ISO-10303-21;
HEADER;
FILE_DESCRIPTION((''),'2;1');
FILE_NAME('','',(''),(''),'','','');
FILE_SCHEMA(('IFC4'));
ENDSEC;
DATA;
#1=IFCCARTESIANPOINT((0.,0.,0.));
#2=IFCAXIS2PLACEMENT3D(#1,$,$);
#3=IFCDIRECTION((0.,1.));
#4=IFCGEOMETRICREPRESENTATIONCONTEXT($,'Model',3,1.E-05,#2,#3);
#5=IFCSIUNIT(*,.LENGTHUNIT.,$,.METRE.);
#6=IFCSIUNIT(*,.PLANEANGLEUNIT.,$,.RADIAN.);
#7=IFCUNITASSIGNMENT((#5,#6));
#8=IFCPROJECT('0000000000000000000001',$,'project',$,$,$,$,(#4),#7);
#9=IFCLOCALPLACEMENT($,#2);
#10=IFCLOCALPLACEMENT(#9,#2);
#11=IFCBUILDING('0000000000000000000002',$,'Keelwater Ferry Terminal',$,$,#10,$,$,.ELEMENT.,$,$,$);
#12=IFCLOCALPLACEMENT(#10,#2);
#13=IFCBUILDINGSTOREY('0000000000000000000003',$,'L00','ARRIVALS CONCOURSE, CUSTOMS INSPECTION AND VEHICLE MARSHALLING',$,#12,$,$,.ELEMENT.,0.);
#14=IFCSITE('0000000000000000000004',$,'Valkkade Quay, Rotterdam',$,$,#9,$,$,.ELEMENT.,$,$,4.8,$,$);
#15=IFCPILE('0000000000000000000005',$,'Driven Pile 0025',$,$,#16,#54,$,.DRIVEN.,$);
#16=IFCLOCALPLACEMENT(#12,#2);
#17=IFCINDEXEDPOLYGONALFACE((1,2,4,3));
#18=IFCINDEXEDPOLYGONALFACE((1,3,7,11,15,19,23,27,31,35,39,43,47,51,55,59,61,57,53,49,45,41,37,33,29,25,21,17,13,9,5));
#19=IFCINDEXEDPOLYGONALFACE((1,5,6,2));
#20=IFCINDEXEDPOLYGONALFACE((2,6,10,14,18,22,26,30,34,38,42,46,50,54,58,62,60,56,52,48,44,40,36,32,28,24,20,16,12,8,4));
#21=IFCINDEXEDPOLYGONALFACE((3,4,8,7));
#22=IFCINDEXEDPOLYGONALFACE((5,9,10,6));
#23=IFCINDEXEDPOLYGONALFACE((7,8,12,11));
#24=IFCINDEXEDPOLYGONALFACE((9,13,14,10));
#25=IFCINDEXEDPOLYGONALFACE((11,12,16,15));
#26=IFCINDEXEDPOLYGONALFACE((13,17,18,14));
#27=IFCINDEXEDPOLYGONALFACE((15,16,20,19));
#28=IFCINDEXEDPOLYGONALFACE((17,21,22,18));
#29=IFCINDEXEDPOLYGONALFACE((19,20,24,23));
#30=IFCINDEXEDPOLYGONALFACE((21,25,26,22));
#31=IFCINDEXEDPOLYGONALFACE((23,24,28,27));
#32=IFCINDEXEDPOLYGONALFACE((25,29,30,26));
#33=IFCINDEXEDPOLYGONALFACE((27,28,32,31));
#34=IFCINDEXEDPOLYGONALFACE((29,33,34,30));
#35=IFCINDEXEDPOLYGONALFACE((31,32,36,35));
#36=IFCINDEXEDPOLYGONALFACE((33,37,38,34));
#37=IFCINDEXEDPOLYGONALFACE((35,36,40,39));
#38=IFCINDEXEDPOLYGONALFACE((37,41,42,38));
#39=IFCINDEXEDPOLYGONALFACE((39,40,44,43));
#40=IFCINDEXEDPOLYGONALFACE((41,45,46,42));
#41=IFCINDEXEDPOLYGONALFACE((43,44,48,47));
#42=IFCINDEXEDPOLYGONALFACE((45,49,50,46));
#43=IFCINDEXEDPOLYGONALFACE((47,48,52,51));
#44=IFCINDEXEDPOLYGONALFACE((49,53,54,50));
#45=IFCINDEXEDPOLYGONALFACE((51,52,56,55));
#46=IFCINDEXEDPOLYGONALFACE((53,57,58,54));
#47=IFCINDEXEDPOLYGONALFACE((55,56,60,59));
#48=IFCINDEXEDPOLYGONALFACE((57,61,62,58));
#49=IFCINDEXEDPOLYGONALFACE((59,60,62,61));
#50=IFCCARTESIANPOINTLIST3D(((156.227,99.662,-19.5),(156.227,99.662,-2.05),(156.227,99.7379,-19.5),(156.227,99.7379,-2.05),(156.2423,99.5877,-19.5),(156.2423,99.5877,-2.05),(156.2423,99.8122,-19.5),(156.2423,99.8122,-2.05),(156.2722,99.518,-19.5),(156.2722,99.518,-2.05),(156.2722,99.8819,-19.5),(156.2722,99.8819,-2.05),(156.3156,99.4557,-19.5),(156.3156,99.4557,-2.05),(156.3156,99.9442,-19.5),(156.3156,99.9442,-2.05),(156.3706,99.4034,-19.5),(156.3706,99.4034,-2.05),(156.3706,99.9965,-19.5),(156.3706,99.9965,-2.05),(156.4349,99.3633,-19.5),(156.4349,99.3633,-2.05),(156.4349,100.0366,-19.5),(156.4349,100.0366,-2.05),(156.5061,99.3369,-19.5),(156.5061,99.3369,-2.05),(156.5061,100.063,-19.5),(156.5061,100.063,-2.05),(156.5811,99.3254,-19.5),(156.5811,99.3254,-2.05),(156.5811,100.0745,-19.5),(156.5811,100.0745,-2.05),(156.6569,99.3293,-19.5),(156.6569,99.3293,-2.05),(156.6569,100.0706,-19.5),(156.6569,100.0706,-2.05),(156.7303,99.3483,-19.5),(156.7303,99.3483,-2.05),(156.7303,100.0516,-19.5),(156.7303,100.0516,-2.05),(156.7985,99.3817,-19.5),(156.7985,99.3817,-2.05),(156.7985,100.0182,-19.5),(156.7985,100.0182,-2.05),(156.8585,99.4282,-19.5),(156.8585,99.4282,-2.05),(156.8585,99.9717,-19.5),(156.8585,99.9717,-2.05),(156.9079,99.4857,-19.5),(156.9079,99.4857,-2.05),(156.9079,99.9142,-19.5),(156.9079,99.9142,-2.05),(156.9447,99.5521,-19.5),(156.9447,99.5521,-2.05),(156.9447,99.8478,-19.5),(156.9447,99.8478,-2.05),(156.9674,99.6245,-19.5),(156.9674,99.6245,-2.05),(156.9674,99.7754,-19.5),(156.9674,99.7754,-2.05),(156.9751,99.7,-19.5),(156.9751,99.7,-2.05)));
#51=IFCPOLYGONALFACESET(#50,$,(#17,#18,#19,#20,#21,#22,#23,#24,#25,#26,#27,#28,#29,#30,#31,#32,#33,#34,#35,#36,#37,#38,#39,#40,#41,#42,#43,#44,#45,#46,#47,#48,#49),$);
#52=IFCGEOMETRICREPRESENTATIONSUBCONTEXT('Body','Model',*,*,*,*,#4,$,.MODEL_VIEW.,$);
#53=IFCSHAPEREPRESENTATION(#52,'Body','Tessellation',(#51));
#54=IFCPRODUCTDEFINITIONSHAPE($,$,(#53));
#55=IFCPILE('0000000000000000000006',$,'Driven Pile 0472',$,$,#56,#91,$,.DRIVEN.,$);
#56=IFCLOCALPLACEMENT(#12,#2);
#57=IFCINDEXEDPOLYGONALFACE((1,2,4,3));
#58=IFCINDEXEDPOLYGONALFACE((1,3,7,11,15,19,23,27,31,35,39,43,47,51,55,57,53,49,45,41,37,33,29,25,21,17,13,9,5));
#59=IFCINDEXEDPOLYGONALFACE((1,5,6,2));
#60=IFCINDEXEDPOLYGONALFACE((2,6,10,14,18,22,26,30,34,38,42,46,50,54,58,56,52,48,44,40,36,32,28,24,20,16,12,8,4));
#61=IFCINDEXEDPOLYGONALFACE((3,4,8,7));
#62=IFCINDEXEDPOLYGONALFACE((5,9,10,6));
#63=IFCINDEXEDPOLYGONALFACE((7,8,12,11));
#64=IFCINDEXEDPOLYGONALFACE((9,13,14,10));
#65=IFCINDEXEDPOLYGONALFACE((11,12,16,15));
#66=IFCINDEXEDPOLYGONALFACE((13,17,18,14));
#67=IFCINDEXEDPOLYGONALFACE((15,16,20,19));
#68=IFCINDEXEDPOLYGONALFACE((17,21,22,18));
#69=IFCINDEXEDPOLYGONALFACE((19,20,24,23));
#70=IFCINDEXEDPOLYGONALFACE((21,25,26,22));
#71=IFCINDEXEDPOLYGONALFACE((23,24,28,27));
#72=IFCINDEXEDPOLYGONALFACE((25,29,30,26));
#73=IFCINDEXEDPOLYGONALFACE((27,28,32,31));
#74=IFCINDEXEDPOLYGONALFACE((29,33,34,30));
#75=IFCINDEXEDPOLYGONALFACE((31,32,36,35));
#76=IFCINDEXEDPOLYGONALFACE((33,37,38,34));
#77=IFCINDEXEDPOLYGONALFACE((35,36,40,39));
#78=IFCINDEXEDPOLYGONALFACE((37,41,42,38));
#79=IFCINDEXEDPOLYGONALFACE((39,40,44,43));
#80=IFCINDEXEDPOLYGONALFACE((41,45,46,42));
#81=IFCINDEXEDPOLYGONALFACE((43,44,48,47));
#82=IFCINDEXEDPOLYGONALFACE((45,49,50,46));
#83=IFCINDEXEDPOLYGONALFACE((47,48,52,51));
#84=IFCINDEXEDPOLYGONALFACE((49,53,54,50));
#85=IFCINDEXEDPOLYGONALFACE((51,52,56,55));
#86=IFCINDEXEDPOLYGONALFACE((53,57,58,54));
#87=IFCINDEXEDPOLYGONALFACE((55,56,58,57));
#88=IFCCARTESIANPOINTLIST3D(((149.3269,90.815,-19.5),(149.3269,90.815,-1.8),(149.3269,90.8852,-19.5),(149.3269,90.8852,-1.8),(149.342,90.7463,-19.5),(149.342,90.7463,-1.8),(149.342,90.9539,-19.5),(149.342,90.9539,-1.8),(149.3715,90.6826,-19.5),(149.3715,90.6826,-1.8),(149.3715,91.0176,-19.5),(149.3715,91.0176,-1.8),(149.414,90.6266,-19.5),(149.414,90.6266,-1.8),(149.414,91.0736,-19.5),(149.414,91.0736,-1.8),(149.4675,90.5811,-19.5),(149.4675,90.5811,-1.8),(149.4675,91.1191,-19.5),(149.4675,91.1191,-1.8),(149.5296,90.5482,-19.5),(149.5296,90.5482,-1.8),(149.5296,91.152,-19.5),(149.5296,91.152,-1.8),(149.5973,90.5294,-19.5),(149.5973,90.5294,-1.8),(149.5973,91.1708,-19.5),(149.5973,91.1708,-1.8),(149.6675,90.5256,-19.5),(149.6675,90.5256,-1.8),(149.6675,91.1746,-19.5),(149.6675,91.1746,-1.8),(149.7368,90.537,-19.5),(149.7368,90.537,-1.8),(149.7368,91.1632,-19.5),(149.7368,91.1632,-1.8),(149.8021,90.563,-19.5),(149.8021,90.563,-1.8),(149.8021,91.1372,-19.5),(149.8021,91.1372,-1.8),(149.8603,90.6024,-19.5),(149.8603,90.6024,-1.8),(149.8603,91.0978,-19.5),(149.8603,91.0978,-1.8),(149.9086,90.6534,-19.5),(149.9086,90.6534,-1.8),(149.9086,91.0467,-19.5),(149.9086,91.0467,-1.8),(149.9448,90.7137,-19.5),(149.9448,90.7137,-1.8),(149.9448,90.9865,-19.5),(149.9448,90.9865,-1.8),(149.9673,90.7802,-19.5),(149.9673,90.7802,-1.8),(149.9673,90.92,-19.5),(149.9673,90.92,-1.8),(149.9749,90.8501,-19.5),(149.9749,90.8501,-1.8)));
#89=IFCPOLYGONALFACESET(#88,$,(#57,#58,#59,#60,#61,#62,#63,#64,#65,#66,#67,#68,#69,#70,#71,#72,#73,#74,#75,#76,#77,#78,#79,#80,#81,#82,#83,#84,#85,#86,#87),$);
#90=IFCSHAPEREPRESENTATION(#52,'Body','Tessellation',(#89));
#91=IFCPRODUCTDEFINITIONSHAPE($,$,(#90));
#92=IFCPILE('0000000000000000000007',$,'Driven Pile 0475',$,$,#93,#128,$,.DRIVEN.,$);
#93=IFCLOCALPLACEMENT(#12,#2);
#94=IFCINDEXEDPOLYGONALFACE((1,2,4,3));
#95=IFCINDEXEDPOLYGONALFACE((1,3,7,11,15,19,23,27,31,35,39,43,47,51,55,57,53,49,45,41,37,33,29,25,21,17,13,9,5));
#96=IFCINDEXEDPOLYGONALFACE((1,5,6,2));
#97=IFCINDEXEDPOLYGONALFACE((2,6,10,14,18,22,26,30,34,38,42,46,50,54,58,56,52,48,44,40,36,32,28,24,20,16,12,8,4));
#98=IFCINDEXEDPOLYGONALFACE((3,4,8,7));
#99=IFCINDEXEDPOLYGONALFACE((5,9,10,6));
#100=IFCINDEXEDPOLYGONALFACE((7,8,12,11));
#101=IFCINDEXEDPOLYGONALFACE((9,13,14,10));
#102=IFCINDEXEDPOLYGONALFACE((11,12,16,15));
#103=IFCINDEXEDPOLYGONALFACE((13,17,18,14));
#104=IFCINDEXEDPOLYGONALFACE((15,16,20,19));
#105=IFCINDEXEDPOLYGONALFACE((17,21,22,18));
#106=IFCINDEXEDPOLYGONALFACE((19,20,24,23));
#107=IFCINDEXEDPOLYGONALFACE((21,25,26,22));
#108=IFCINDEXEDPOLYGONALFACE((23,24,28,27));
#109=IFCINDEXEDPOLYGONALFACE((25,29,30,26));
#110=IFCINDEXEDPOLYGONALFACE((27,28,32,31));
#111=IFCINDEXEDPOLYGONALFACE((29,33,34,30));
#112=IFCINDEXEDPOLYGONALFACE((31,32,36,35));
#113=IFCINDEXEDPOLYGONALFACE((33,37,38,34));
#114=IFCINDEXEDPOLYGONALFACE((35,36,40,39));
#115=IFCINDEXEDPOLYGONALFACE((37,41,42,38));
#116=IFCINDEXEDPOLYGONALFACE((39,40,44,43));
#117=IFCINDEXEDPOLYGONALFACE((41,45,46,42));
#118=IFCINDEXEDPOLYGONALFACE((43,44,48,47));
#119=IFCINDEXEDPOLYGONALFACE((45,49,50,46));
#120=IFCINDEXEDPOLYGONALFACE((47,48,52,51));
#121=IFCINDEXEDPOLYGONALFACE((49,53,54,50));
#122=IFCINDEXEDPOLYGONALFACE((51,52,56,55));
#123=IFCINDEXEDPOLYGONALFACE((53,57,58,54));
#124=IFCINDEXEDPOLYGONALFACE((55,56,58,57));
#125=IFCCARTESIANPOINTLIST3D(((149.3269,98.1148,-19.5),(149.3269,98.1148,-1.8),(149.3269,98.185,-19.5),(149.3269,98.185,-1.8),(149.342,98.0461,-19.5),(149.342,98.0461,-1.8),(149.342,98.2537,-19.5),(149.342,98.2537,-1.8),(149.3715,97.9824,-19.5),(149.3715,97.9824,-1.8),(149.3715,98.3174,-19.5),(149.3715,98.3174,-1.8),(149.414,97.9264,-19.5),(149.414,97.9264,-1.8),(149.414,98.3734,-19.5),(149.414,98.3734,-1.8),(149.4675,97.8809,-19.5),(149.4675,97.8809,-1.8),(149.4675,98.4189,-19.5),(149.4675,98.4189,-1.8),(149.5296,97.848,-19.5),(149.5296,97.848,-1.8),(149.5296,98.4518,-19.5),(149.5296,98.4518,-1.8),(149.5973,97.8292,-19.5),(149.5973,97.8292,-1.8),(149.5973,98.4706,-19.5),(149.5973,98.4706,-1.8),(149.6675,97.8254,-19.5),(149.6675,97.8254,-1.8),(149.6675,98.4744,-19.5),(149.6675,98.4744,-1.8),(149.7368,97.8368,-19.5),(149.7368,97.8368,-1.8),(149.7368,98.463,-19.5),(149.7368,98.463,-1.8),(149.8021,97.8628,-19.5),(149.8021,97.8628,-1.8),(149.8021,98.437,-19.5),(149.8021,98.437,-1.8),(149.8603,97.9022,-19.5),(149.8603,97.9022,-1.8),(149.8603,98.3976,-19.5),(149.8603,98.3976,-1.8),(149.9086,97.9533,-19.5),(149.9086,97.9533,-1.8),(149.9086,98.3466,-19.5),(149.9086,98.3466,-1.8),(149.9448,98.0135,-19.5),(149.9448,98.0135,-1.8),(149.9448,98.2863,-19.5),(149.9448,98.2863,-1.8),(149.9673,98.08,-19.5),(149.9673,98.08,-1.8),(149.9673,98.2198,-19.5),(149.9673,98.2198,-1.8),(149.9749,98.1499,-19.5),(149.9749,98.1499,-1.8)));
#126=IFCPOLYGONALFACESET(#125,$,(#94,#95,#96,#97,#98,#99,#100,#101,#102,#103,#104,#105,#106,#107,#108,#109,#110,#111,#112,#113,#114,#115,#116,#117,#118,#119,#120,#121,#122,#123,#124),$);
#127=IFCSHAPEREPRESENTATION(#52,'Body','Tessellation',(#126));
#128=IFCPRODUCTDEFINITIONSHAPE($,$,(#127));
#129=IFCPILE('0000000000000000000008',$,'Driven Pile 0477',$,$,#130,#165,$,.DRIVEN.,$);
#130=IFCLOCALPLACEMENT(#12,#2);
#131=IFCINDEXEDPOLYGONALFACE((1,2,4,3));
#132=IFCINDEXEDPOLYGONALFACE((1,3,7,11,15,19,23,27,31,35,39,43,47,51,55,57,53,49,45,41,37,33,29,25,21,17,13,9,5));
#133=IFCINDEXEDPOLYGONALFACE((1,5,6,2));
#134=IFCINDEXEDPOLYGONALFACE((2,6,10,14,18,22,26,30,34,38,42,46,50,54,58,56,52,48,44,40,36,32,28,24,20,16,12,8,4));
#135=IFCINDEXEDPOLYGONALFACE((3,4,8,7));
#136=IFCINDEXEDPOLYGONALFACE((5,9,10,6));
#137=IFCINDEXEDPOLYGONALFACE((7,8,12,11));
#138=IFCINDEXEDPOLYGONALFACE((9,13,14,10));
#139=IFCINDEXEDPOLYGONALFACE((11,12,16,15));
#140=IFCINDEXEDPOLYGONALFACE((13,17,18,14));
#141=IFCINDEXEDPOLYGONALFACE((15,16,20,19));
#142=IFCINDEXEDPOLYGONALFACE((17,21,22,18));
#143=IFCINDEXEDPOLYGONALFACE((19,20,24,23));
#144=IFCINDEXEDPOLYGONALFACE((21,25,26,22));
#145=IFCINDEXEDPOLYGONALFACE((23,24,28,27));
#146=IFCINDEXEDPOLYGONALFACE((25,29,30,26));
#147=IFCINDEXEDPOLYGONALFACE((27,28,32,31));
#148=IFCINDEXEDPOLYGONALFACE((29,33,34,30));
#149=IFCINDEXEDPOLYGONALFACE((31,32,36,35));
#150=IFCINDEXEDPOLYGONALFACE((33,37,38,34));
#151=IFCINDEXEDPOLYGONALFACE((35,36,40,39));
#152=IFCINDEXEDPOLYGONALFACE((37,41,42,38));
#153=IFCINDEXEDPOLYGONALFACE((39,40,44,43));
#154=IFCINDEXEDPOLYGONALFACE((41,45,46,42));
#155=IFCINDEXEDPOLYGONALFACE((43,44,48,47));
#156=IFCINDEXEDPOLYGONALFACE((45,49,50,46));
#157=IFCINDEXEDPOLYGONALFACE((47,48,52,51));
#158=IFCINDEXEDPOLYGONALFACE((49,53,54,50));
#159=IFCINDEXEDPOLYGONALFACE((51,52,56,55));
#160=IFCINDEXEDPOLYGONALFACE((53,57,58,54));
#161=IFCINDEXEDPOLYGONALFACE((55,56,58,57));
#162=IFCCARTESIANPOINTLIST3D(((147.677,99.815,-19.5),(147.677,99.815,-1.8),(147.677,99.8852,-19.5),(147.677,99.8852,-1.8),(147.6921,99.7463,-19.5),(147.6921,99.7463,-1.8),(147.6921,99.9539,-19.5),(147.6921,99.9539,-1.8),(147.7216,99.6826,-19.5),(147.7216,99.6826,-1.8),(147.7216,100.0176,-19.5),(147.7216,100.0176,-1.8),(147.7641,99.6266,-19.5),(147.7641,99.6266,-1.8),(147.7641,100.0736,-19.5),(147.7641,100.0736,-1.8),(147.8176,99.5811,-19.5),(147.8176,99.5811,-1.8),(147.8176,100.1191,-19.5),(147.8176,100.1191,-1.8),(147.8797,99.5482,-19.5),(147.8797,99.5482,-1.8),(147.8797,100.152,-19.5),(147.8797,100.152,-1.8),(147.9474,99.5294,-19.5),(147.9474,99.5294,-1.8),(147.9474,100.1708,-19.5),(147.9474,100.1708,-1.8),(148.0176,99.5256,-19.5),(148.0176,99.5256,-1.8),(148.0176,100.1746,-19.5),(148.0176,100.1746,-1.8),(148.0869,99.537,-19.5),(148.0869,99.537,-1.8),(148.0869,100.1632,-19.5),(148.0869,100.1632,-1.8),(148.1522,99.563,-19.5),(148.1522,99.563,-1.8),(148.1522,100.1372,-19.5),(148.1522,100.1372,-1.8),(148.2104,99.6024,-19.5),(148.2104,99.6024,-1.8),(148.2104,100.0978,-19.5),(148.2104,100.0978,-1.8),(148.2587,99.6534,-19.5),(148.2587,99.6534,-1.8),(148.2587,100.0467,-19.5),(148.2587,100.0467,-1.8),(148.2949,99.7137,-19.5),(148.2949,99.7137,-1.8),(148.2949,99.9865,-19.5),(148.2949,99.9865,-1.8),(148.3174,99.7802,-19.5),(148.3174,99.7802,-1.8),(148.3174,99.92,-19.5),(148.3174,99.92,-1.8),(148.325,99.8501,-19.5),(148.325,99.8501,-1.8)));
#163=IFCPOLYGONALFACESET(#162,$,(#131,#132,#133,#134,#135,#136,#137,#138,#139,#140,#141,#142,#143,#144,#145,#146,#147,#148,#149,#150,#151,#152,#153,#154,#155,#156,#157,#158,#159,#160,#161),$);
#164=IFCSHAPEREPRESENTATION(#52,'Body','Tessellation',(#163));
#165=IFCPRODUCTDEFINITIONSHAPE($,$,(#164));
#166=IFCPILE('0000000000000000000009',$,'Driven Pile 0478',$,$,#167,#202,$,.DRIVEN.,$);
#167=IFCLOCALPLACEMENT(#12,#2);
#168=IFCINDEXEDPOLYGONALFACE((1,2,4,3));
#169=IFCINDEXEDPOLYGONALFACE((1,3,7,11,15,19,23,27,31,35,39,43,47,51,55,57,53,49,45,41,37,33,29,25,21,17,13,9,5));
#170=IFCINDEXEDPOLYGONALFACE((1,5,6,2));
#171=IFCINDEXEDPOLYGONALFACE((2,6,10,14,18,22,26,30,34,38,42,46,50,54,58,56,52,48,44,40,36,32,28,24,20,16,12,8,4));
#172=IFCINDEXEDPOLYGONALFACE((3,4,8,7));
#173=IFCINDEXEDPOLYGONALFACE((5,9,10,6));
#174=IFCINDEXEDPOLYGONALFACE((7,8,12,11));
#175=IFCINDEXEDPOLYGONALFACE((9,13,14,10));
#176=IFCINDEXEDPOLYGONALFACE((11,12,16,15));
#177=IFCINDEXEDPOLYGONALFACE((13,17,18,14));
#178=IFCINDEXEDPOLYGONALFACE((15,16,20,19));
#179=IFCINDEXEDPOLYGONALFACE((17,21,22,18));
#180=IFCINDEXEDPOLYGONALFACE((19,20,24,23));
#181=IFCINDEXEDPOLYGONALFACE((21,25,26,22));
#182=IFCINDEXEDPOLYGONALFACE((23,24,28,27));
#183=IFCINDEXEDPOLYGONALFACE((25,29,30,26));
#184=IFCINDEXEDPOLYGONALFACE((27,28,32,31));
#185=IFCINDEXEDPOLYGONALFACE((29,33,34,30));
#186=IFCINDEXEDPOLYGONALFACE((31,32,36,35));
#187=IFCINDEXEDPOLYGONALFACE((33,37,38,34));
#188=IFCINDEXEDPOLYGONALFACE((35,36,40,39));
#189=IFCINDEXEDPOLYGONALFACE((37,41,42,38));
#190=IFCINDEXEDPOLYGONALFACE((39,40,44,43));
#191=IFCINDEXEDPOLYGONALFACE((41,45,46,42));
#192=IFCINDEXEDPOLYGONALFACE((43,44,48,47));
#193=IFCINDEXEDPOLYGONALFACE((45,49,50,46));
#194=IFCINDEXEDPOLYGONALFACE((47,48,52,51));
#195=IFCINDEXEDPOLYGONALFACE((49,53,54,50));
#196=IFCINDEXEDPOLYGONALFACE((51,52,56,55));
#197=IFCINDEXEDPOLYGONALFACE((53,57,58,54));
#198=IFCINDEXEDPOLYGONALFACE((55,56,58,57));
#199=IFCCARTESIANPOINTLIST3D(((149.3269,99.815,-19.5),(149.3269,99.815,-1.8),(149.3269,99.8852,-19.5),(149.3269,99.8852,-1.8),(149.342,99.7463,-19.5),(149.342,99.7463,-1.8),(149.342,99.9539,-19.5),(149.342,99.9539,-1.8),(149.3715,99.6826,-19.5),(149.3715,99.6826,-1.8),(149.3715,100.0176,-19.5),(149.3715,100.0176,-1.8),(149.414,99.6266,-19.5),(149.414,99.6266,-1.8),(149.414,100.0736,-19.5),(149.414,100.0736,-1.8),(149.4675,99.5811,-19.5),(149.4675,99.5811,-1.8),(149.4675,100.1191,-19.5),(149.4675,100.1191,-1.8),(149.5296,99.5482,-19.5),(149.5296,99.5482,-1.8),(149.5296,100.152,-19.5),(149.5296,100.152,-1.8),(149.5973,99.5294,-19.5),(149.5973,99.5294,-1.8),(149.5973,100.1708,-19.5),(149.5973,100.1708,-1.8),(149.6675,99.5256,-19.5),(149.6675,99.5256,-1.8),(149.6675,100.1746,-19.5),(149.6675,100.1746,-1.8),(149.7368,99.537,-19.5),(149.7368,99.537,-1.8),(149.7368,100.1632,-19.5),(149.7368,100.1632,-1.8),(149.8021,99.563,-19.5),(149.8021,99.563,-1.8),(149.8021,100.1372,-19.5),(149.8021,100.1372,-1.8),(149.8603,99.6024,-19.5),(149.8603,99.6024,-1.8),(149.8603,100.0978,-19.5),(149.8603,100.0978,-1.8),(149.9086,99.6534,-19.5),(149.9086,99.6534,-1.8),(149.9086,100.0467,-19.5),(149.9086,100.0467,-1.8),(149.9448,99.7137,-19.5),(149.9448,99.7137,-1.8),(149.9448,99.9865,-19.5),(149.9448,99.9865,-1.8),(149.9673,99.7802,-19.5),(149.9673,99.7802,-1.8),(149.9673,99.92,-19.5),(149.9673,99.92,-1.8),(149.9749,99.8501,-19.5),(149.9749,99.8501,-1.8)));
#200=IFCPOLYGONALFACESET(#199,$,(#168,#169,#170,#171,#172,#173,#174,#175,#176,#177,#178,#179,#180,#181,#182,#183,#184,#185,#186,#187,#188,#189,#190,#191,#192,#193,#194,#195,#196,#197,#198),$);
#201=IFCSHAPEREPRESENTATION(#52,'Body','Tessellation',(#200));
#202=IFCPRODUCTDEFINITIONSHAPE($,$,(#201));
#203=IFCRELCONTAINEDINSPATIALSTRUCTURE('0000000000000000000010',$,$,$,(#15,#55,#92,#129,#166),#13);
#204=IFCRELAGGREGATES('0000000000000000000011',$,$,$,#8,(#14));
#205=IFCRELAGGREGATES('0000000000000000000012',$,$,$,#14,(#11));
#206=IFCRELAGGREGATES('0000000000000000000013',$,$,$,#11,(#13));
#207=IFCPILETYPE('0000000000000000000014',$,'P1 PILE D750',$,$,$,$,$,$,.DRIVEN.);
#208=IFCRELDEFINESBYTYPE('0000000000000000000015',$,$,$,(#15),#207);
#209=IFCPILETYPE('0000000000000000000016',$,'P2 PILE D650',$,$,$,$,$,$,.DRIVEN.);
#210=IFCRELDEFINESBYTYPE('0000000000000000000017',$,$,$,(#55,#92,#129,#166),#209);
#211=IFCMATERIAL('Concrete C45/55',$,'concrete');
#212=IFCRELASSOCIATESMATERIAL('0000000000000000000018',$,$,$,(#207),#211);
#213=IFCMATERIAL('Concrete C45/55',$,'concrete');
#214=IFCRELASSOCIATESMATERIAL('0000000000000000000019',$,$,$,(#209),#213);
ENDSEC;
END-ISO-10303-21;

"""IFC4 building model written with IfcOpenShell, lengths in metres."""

from ifc_helpers import new_model, si_unit, direction, frame, origin, origin_2d, place, context, subcontext, project, spatial, circle, extrude, material, material_profile, profile_set, type_object, element, save


model = new_model("IFC4")

# Units and contexts
model_context = context("Model", 3, precision=1e-05, world=origin(), true_north=direction((0.0, 1.0)))
body_context = subcontext(model_context, "Body", "Model", "MODEL_VIEW")
ifc_project = project(units=[si_unit("LENGTHUNIT", "METRE"), si_unit("PLANEANGLEUNIT", "RADIAN")], contexts=[model_context])

# Site, building, storey
site_placement = place(None, origin())
site = spatial("IfcSite", under=ifc_project, at=site_placement, Name="Valkkade Quay, Rotterdam", CompositionType="ELEMENT", RefElevation=4.8)
building_placement = place(site_placement, origin())
building = spatial("IfcBuilding", under=site, at=building_placement, Name="Keelwater Ferry Terminal", CompositionType="ELEMENT")
storey_placement = place(building_placement, origin())
storey = spatial("IfcBuildingStorey", under=building, at=storey_placement, Name="L00", Description="ARRIVALS CONCOURSE, CUSTOMS INSPECTION AND VEHICLE MARSHALLING", CompositionType="ELEMENT", Elevation=0.0)

# Piles
ifc_material_1 = material(Name="Concrete C45/55", Category="concrete")
ifc_material_profile_1 = material_profile(ifc_material_1, circle(Radius=0.375, at=origin_2d()), Name="PILE D750")
ifc_profile_set_1 = profile_set([ifc_material_profile_1], Name="Concrete C45/55")
pile_type_1 = type_object("IfcPileType", Name="P1 PILE D750", PredefinedType="DRIVEN", material=ifc_profile_set_1)
pile_placement = place(storey_placement, frame((156.6001, 99.7, -2.05), z_axis=(0.0, 0.0, -1.0), x_axis=(1.0, 0.0, 0.0)))
element("IfcPile", 1, at=pile_placement, inside=storey, type_object=pile_type_1, Name="Driven Pile 0025", PredefinedType="DRIVEN", context=body_context, shape_type="SweptSolid", body=[
    extrude(circle(Radius=0.375, at=origin_2d()), origin(), (0.0, 0.0, 1.0), 17.45),
])
ifc_material_2 = material(Name="Concrete C45/55", Category="concrete")
ifc_material_profile_2 = material_profile(ifc_material_2, circle(Radius=0.325, at=origin_2d()), Name="PILE D650")
ifc_profile_set_2 = profile_set([ifc_material_profile_2], Name="Concrete C45/55")
pile_type_2 = type_object("IfcPileType", Name="P2 PILE D650", PredefinedType="DRIVEN", material=ifc_profile_set_2)
for number, where, z_axis, x_axis, name in (
    (2, (149.6499, 90.8501, -1.8), (0.0, 0.0, -1.0), (1.0, 0.0, 0.0), "Driven Pile 0472"),
    (3, (149.6499, 98.1499, -1.8), (0.0, 0.0, -1.0), (1.0, 0.0, 0.0), "Driven Pile 0475"),
    (4, (148.0, 99.8501, -1.8), (0.0, 0.0, -1.0), (1.0, 0.0, 0.0), "Driven Pile 0477"),
    (5, (149.6499, 99.8501, -1.8), (0.0, 0.0, -1.0), (1.0, 0.0, 0.0), "Driven Pile 0478"),
):
    element("IfcPile", number, at=place(storey_placement, frame(where, z_axis=z_axis, x_axis=x_axis)), inside=storey, type_object=pile_type_2, Name=name, PredefinedType="DRIVEN", context=body_context, shape_type="SweptSolid", body=[
        extrude(circle(Radius=0.325, at=origin_2d()), origin(), (0.0, 0.0, 1.0), 17.7),
    ])

save(model, "model.ifc")
